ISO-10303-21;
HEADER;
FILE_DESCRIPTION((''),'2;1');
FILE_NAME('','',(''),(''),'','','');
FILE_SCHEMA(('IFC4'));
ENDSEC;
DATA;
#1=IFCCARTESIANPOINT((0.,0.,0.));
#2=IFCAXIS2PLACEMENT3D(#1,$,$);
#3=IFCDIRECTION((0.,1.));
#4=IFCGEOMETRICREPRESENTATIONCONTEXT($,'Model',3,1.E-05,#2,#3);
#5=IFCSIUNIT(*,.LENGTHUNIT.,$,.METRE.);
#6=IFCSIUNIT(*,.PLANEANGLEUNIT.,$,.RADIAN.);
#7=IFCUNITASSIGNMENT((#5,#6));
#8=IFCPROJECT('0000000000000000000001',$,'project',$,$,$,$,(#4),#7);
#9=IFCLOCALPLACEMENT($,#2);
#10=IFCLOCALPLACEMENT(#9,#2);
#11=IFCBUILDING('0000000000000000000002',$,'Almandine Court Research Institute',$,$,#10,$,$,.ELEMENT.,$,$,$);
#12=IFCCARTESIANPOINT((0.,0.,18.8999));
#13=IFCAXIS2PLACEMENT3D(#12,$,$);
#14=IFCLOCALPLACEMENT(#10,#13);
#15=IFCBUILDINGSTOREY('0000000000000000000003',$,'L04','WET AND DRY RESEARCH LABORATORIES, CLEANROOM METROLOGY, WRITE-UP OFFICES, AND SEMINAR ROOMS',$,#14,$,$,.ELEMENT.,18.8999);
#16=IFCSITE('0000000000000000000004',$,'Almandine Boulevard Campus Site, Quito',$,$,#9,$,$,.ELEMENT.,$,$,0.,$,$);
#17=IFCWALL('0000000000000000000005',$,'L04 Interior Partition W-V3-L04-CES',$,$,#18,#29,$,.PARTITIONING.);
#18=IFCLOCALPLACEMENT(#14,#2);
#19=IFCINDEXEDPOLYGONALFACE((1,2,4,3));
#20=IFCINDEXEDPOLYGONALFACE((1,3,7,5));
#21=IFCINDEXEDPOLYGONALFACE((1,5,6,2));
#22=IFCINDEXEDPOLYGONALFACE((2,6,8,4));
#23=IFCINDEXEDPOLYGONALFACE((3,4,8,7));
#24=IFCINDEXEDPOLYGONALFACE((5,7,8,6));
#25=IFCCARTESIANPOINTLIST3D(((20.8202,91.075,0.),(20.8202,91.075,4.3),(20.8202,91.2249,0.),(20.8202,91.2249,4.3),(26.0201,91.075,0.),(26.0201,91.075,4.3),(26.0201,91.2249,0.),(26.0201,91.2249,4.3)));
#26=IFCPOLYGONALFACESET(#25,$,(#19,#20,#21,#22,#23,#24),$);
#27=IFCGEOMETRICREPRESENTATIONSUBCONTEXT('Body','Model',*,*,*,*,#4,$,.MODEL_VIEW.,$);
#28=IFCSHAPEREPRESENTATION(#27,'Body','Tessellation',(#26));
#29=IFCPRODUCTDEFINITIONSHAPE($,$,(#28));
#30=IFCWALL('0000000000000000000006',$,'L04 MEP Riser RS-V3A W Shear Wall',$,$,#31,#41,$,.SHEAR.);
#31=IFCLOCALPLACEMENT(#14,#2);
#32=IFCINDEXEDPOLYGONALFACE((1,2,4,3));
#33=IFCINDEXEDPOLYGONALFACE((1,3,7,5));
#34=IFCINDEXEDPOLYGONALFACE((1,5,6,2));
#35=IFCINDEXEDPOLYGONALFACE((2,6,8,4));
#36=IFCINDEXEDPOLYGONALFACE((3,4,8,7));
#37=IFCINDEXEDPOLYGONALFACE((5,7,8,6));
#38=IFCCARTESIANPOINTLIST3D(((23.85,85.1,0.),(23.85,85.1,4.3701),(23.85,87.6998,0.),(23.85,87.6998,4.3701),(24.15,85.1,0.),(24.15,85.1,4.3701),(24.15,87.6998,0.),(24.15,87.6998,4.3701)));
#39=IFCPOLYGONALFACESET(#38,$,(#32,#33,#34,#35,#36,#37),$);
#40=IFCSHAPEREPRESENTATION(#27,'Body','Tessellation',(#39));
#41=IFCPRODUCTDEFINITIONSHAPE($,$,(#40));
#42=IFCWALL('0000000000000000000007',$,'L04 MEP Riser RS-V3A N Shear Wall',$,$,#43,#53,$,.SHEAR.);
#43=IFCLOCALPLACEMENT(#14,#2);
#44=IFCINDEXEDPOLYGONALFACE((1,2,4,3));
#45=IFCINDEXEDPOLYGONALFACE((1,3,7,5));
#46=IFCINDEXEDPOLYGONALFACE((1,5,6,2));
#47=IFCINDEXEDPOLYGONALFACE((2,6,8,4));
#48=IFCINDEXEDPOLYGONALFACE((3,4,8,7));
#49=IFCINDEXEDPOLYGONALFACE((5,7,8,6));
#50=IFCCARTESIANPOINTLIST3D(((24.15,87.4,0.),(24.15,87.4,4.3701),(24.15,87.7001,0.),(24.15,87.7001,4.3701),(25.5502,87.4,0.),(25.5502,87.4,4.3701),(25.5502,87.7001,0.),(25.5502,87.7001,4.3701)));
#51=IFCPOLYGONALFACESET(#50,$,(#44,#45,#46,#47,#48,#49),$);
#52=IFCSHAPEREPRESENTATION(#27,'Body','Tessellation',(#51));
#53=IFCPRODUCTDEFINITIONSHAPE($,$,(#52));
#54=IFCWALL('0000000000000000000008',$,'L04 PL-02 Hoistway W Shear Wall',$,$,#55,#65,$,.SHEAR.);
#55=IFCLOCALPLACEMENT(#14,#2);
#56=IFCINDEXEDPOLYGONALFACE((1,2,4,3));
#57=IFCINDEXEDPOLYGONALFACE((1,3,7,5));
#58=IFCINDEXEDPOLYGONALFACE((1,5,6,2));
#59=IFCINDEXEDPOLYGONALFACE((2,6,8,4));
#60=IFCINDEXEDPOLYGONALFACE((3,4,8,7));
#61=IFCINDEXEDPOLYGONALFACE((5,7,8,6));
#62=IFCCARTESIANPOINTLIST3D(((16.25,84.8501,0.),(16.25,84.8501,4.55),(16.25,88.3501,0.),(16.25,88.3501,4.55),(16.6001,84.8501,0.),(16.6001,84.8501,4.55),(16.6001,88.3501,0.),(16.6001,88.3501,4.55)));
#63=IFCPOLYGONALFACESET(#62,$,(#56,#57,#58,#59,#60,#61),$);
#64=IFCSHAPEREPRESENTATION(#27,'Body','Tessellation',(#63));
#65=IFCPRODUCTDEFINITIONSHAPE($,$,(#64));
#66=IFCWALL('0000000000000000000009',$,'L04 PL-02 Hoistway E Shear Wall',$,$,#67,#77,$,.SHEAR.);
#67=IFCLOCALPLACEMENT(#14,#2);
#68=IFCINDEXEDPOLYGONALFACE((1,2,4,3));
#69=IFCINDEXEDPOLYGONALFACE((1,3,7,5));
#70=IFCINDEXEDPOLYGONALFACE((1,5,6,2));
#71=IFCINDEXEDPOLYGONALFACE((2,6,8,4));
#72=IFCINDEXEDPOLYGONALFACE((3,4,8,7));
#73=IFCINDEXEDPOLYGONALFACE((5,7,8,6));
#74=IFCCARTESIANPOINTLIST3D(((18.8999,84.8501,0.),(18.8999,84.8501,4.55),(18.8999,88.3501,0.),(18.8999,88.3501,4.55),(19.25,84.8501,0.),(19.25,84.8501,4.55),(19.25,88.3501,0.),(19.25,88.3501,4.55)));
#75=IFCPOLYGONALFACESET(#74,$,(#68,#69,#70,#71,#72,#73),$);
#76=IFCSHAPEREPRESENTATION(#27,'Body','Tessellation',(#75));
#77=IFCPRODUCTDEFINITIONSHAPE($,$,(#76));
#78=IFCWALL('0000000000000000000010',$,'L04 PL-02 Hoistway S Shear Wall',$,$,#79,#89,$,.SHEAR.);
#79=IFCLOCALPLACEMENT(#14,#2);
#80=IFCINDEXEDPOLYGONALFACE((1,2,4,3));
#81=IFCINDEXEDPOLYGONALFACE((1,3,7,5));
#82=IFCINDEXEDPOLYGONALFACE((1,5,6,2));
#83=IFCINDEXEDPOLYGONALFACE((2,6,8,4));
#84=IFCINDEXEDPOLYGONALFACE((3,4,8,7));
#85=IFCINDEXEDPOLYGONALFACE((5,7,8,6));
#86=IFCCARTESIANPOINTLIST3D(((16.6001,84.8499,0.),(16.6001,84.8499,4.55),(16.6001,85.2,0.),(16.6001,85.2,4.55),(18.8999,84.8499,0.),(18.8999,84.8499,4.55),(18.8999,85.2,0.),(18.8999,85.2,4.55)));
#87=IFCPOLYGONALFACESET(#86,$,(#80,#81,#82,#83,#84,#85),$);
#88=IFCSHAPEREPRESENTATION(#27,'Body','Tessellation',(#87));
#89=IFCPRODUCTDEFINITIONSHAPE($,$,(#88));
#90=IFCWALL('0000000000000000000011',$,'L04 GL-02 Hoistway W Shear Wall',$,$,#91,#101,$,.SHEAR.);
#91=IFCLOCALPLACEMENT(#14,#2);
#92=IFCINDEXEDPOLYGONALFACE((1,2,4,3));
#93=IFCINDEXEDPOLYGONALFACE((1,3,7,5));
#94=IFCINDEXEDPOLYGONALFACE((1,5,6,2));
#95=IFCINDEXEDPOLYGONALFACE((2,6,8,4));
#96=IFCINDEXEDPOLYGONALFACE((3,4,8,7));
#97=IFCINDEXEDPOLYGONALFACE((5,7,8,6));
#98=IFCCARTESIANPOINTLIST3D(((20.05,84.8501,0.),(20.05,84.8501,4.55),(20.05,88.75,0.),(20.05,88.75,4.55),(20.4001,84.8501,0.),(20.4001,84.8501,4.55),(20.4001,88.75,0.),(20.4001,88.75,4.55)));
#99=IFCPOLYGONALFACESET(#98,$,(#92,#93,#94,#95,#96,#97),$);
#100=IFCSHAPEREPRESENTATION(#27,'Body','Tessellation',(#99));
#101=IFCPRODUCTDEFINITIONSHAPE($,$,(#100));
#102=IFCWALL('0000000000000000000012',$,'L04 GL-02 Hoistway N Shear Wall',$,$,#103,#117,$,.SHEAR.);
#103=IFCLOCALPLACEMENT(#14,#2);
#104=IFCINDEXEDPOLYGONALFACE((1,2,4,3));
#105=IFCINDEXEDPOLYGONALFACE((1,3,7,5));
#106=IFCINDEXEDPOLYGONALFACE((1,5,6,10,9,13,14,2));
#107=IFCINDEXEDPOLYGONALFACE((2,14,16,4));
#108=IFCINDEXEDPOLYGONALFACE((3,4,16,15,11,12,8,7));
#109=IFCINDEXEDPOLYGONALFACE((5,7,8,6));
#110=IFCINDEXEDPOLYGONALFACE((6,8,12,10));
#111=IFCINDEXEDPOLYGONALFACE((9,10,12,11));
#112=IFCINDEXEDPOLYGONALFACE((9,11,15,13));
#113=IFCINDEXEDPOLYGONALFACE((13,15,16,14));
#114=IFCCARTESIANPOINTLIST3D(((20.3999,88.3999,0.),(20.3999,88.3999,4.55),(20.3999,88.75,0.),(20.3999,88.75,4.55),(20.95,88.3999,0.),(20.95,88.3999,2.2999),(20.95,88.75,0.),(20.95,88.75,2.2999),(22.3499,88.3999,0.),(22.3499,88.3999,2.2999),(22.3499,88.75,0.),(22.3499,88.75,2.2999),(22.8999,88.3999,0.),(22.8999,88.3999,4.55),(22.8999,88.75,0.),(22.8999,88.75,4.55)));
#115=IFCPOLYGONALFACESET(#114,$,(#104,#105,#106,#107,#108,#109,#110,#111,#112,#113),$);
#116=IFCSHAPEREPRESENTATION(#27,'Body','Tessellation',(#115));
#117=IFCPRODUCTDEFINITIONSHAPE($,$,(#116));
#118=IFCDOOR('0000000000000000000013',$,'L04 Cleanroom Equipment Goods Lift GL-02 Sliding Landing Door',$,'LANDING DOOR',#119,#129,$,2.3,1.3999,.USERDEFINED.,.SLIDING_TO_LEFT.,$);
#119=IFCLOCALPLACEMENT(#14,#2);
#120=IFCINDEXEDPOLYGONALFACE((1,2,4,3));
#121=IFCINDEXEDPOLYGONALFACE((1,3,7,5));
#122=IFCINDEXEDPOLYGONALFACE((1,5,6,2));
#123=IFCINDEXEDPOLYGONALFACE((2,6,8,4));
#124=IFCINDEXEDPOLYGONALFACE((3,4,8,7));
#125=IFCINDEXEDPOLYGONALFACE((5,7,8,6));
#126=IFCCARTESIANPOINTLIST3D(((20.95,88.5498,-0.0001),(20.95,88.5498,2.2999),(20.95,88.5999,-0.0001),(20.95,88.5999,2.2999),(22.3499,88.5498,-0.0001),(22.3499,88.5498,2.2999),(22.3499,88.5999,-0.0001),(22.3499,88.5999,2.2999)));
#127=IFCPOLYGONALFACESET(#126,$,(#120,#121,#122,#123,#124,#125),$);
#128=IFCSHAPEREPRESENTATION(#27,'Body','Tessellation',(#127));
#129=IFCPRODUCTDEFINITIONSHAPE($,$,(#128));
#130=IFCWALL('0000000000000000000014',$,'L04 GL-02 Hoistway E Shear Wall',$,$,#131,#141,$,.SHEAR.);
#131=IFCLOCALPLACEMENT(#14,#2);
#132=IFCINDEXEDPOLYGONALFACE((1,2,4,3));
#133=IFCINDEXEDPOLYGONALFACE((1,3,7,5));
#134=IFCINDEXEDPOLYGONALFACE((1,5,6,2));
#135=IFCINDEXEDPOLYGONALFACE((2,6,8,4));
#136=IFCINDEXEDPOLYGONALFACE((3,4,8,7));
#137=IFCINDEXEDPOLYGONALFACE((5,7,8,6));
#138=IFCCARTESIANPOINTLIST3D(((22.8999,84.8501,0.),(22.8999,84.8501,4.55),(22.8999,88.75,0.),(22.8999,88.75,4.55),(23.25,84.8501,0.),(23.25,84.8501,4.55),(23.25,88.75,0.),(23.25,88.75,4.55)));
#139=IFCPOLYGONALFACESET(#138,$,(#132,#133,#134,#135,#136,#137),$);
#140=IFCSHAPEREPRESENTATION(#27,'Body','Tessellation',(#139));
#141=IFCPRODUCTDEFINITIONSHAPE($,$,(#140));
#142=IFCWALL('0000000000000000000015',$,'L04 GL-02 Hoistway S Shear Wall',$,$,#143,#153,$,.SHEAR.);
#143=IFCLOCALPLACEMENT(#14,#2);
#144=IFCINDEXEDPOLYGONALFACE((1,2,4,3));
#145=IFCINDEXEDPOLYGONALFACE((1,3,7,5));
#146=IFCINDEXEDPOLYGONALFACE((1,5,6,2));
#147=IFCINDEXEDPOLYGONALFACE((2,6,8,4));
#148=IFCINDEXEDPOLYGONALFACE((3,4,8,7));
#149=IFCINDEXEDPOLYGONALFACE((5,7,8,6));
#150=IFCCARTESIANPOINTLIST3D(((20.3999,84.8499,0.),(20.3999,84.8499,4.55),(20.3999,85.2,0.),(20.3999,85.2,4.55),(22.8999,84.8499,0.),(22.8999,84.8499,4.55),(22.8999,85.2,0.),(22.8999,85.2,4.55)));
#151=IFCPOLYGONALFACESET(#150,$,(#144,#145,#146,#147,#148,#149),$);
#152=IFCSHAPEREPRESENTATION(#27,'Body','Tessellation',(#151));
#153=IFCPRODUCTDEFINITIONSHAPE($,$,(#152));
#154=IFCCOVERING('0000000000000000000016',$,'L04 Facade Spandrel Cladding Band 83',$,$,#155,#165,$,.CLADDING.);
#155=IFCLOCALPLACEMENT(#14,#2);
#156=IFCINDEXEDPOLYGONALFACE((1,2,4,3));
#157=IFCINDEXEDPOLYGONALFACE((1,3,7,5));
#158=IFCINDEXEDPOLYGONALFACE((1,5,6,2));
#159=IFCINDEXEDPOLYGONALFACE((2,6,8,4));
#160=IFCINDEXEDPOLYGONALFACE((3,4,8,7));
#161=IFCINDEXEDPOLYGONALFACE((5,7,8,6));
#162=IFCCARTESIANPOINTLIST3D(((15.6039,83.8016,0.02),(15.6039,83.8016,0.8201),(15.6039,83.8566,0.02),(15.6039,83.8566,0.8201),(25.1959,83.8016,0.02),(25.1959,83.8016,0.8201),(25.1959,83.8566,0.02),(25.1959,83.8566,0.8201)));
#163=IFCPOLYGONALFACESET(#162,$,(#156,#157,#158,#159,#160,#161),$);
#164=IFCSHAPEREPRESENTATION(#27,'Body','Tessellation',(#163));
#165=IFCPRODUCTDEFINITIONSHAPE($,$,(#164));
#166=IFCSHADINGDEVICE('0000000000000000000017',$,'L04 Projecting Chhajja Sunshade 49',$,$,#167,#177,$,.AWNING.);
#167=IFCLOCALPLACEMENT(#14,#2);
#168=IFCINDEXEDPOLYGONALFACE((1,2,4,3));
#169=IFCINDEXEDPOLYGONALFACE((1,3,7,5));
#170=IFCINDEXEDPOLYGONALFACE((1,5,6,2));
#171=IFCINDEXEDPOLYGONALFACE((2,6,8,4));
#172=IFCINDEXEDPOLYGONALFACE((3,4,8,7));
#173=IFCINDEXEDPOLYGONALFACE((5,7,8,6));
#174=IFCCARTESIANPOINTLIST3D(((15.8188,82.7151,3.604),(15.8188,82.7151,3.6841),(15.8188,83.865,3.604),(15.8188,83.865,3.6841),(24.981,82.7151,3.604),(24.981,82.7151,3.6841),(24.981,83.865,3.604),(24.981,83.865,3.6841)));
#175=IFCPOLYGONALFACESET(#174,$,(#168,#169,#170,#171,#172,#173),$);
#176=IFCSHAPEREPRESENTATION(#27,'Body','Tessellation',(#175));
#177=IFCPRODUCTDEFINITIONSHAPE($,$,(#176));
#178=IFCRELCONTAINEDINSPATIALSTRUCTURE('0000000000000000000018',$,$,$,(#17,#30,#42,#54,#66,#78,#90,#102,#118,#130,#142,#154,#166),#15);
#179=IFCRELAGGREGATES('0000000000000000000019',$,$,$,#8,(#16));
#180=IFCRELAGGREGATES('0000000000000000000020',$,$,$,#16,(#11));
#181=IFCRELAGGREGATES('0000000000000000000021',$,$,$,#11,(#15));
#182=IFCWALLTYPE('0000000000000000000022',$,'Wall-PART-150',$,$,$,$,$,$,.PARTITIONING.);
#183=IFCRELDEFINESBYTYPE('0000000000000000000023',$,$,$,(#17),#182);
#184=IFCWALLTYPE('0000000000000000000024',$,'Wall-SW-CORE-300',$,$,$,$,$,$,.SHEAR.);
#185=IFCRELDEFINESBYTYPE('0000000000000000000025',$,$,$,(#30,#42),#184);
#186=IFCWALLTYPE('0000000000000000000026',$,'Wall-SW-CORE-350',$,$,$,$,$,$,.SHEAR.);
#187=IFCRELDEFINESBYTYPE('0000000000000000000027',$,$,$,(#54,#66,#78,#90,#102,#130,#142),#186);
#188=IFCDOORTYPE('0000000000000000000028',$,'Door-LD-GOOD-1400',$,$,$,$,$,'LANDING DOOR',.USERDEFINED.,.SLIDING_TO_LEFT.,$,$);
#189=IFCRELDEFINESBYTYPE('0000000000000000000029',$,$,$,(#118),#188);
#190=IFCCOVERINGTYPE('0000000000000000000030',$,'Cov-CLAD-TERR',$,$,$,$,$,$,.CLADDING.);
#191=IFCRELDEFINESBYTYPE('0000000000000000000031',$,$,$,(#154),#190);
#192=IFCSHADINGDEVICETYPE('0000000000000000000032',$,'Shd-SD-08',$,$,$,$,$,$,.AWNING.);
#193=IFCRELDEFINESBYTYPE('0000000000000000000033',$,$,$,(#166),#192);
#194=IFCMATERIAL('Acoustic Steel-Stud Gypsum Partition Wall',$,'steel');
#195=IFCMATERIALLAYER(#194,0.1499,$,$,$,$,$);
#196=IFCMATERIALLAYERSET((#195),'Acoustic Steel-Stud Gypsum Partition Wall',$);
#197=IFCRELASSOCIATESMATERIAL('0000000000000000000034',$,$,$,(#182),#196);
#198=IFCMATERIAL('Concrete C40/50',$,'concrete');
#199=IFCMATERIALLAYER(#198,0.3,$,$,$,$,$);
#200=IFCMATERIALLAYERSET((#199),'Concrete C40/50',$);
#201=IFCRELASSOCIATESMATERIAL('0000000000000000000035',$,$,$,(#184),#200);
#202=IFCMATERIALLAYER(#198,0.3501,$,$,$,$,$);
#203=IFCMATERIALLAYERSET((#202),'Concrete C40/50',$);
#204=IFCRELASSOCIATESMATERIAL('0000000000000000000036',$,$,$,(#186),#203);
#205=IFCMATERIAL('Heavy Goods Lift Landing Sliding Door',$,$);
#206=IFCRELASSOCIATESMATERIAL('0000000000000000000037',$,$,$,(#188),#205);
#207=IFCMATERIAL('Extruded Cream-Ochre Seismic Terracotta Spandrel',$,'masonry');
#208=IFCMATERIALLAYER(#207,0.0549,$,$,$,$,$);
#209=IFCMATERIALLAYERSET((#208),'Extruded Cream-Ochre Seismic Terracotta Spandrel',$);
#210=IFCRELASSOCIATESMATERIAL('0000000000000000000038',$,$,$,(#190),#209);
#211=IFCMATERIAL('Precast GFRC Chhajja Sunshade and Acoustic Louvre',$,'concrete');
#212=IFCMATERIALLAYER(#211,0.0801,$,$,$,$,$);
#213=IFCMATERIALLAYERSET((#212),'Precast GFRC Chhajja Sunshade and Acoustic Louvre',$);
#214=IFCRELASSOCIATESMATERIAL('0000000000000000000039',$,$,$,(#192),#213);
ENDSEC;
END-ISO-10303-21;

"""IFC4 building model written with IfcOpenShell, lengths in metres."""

from ifc_helpers import new_model, si_unit, direction, frame, frame_2d, origin, origin_2d, place, context, subcontext, project, spatial, rectangle, extrude, material, layer, layer_set, type_object, element, fill, save


model = new_model("IFC4")

# Units and contexts
model_context = context("Model", 3, precision=1e-05, world=origin(), true_north=direction((0.0, 1.0)))
body_context = subcontext(model_context, "Body", "Model", "MODEL_VIEW")
ifc_project = project(units=[si_unit("LENGTHUNIT", "METRE"), si_unit("PLANEANGLEUNIT", "RADIAN")], contexts=[model_context])

# Site, building, storey
site_placement = place(None, origin())
site = spatial("IfcSite", under=ifc_project, at=site_placement, Name="Almandine Boulevard Campus Site, Quito", CompositionType="ELEMENT", RefElevation=0.0)
building_placement = place(site_placement, origin())
building = spatial("IfcBuilding", under=site, at=building_placement, Name="Almandine Court Research Institute", CompositionType="ELEMENT")
storey_placement = place(building_placement, frame((0.0, 0.0, 18.8999)))
storey = spatial("IfcBuildingStorey", under=building, at=storey_placement, Name="L04", Description="WET AND DRY RESEARCH LABORATORIES, CLEANROOM METROLOGY, WRITE-UP OFFICES, AND SEMINAR ROOMS", CompositionType="ELEMENT", Elevation=18.8999)

# Shared definitions
ifc_material_1 = material(Name="Acoustic Steel-Stud Gypsum Partition Wall", Category="steel")
ifc_layer_1 = layer(ifc_material_1, 0.1499)
ifc_layer_set_1 = layer_set([ifc_layer_1], Name="Acoustic Steel-Stud Gypsum Partition Wall")
wall_type_1 = type_object("IfcWallType", Name="Wall-PART-150", PredefinedType="PARTITIONING", material=ifc_layer_set_1)

# Walls
wall_1_placement = place(storey_placement, frame((20.8201, 91.1499, 0.0), z_axis=(0.0, 0.0, 1.0), x_axis=(1.0, 0.0, 0.0)))
element("IfcWall", 1, at=wall_1_placement, inside=storey, type_object=wall_type_1, Name="L04 Interior Partition W-V3-L04-CES", PredefinedType="PARTITIONING", context=body_context, shape_type="SweptSolid", body=[
    extrude(rectangle(XDim=5.2, YDim=0.1499, at=frame_2d((2.6001, 0.0))), origin(), (0.0, 0.0, 1.0), 4.3),
])
ifc_material_2 = material(Name="Concrete C40/50", Category="concrete")
ifc_layer_2 = layer(ifc_material_2, 0.3)
ifc_layer_set_2 = layer_set([ifc_layer_2], Name="Concrete C40/50")
wall_type_2 = type_object("IfcWallType", Name="Wall-SW-CORE-300", PredefinedType="SHEAR", material=ifc_layer_set_2)
wall_2_placement = place(storey_placement, frame((24.0, 85.1001, 0.0), z_axis=(0.0, 0.0, 1.0), x_axis=(0.0, 1.0, 0.0)))
element("IfcWall", 2, at=wall_2_placement, inside=storey, type_object=wall_type_2, Name="L04 MEP Riser RS-V3A W Shear Wall", PredefinedType="SHEAR", context=body_context, shape_type="SweptSolid", body=[
    extrude(rectangle(XDim=2.5999, YDim=0.3, at=frame_2d((1.2998, 0.0))), origin(), (0.0, 0.0, 1.0), 4.3701),
])
wall_3_placement = place(storey_placement, frame((24.1499, 87.55, 0.0), z_axis=(0.0, 0.0, 1.0), x_axis=(1.0, 0.0, 0.0)))
element("IfcWall", 3, at=wall_3_placement, inside=storey, type_object=wall_type_2, Name="L04 MEP Riser RS-V3A N Shear Wall", PredefinedType="SHEAR", context=body_context, shape_type="SweptSolid", body=[
    extrude(rectangle(XDim=1.4001, YDim=0.3, at=frame_2d((0.7002, 0.0))), origin(), (0.0, 0.0, 1.0), 4.3701),
])
ifc_layer_3 = layer(ifc_material_2, 0.3501)
ifc_layer_set_3 = layer_set([ifc_layer_3], Name="Concrete C40/50")
wall_type_3 = type_object("IfcWallType", Name="Wall-SW-CORE-350", PredefinedType="SHEAR", material=ifc_layer_set_3)
wall_4_placement = place(storey_placement, frame((16.425, 84.8501, 0.0), z_axis=(0.0, 0.0, 1.0), x_axis=(0.0, 1.0, 0.0)))
element("IfcWall", 4, at=wall_4_placement, inside=storey, type_object=wall_type_3, Name="L04 PL-02 Hoistway W Shear Wall", PredefinedType="SHEAR", context=body_context, shape_type="SweptSolid", body=[
    extrude(rectangle(XDim=3.5, YDim=0.3501, at=frame_2d((1.75, 0.0))), origin(), (0.0, 0.0, 1.0), 4.55),
])

# Walls
wall_5_placement = place(storey_placement, frame((19.075, 88.3501, 0.0), z_axis=(0.0, 0.0, 1.0), x_axis=(0.0, -1.0, 0.0)))
element("IfcWall", 5, at=wall_5_placement, inside=storey, type_object=wall_type_3, Name="L04 PL-02 Hoistway E Shear Wall", PredefinedType="SHEAR", context=body_context, shape_type="SweptSolid", body=[
    extrude(rectangle(XDim=3.5, YDim=0.3501, at=frame_2d((1.75, 0.0))), origin(), (0.0, 0.0, 1.0), 4.55),
])
wall_6_placement = place(storey_placement, frame((18.8999, 85.0249, 0.0), z_axis=(0.0, 0.0, 1.0), x_axis=(-1.0, 0.0, 0.0)))
element("IfcWall", 6, at=wall_6_placement, inside=storey, type_object=wall_type_3, Name="L04 PL-02 Hoistway S Shear Wall", PredefinedType="SHEAR", context=body_context, shape_type="SweptSolid", body=[
    extrude(rectangle(XDim=2.2998, YDim=0.3501, at=frame_2d((1.1499, 0.0))), origin(), (0.0, 0.0, 1.0), 4.55),
])
wall_7_placement = place(storey_placement, frame((20.2251, 84.8501, 0.0), z_axis=(0.0, 0.0, 1.0), x_axis=(0.0, 1.0, 0.0)))
element("IfcWall", 7, at=wall_7_placement, inside=storey, type_object=wall_type_3, Name="L04 GL-02 Hoistway W Shear Wall", PredefinedType="SHEAR", context=body_context, shape_type="SweptSolid", body=[
    extrude(rectangle(XDim=3.8999, YDim=0.3501, at=frame_2d((1.95, 0.0))), origin(), (0.0, 0.0, 1.0), 4.55),
])

# Wall, opening, door
wall_8_placement = place(storey_placement, frame((20.3999, 88.575, 0.0), z_axis=(0.0, 0.0, 1.0), x_axis=(1.0, 0.0, 0.0)))
wall_8 = element("IfcWall", 8, at=wall_8_placement, inside=storey, type_object=wall_type_3, Name="L04 GL-02 Hoistway N Shear Wall", PredefinedType="SHEAR", context=body_context, shape_type="SweptSolid", body=[
    extrude(rectangle(XDim=2.5, YDim=0.3501, at=frame_2d((1.25, 0.0))), origin(), (0.0, 0.0, 1.0), 4.55),
])
opening_1_placement = place(wall_8_placement, frame((0.55, 0.0, 0.0)))
opening_1 = element("IfcOpeningElement", 9, at=opening_1_placement, cuts=wall_8, PredefinedType="OPENING", context=body_context, shape_type="SweptSolid", body=[
    extrude(rectangle(XDim=1.3999, YDim=2.3, at=frame_2d((0.7, 1.1499))), frame((0.0, 0.1851, 0.0), z_axis=(0.0, -1.0, 0.0), x_axis=(1.0, 0.0, 0.0)), (0.0, 0.0, 1.0), 0.3701),
])
ifc_material_3 = material(Name="Heavy Goods Lift Landing Sliding Door")
door_type_1 = type_object("IfcDoorType", Name="Door-LD-GOOD-1400", ElementType="LANDING DOOR", OperationType="SLIDING_TO_LEFT", PredefinedType="USERDEFINED", material=ifc_material_3)
door_1_placement = place(opening_1_placement, origin())
door_1 = element("IfcDoor", 10, at=door_1_placement, inside=storey, type_object=door_type_1, Name="L04 Cleanroom Equipment Goods Lift GL-02 Sliding Landing Door", ObjectType="LANDING DOOR", OperationType="SLIDING_TO_LEFT", OverallHeight=2.3, OverallWidth=1.3999, PredefinedType="USERDEFINED", context=body_context, shape_type="SweptSolid", body=[
    extrude(rectangle(XDim=1.3999, YDim=2.3, at=frame_2d((0.7, 1.1499))), frame((0.0, 0.0249, 0.0), z_axis=(0.0, -1.0, 0.0), x_axis=(1.0, 0.0, 0.0)), (0.0, 0.0, 1.0), 0.05),
])
fill(opening_1, door_1)

# Walls
wall_9_placement = place(storey_placement, frame((23.075, 88.75, 0.0), z_axis=(0.0, 0.0, 1.0), x_axis=(0.0, -1.0, 0.0)))
element("IfcWall", 11, at=wall_9_placement, inside=storey, type_object=wall_type_3, Name="L04 GL-02 Hoistway E Shear Wall", PredefinedType="SHEAR", context=body_context, shape_type="SweptSolid", body=[
    extrude(rectangle(XDim=3.8999, YDim=0.3501, at=frame_2d((1.95, 0.0))), origin(), (0.0, 0.0, 1.0), 4.55),
])
wall_10_placement = place(storey_placement, frame((22.8999, 85.0249, 0.0), z_axis=(0.0, 0.0, 1.0), x_axis=(-1.0, 0.0, 0.0)))
element("IfcWall", 12, at=wall_10_placement, inside=storey, type_object=wall_type_3, Name="L04 GL-02 Hoistway S Shear Wall", PredefinedType="SHEAR", context=body_context, shape_type="SweptSolid", body=[
    extrude(rectangle(XDim=2.5, YDim=0.3501, at=frame_2d((1.25, 0.0))), origin(), (0.0, 0.0, 1.0), 4.55),
])

# Covering
ifc_material_4 = material(Name="Extruded Cream-Ochre Seismic Terracotta Spandrel", Category="masonry")
ifc_layer_4 = layer(ifc_material_4, 0.0549)
ifc_layer_set_4 = layer_set([ifc_layer_4], Name="Extruded Cream-Ochre Seismic Terracotta Spandrel")
covering_type = type_object("IfcCoveringType", Name="Cov-CLAD-TERR", PredefinedType="CLADDING", material=ifc_layer_set_4)
covering_placement = place(storey_placement, frame((20.3999, 83.8291, 0.02), z_axis=(0.0, 0.0, 1.0), x_axis=(-1.0, 0.0, 0.0)))
element("IfcCovering", 13, at=covering_placement, inside=storey, type_object=covering_type, Name="L04 Facade Spandrel Cladding Band 83", PredefinedType="CLADDING", context=body_context, shape_type="SweptSolid", body=[
    extrude(rectangle(XDim=9.592, YDim=0.0549, at=origin_2d()), origin(), (0.0, 0.0, 1.0), 0.8),
])

# Shading device
ifc_material_5 = material(Name="Precast GFRC Chhajja Sunshade and Acoustic Louvre", Category="concrete")
ifc_layer_5 = layer(ifc_material_5, 0.0801)
ifc_layer_set_5 = layer_set([ifc_layer_5], Name="Precast GFRC Chhajja Sunshade and Acoustic Louvre")
shading_device_type = type_object("IfcShadingDeviceType", Name="Shd-SD-08", PredefinedType="AWNING", material=ifc_layer_set_5)
shading_device_placement = place(storey_placement, frame((20.3999, 83.29, 3.604), z_axis=(0.0, 0.0, 1.0), x_axis=(-1.0, 0.0, 0.0)))
element("IfcShadingDevice", 14, at=shading_device_placement, inside=storey, type_object=shading_device_type, Name="L04 Projecting Chhajja Sunshade 49", PredefinedType="AWNING", context=body_context, shape_type="SweptSolid", body=[
    extrude(rectangle(XDim=9.1621, YDim=1.1499, at=origin_2d()), origin(), (0.0, 0.0, 1.0), 0.0801),
])

save(model, "model.ifc")
